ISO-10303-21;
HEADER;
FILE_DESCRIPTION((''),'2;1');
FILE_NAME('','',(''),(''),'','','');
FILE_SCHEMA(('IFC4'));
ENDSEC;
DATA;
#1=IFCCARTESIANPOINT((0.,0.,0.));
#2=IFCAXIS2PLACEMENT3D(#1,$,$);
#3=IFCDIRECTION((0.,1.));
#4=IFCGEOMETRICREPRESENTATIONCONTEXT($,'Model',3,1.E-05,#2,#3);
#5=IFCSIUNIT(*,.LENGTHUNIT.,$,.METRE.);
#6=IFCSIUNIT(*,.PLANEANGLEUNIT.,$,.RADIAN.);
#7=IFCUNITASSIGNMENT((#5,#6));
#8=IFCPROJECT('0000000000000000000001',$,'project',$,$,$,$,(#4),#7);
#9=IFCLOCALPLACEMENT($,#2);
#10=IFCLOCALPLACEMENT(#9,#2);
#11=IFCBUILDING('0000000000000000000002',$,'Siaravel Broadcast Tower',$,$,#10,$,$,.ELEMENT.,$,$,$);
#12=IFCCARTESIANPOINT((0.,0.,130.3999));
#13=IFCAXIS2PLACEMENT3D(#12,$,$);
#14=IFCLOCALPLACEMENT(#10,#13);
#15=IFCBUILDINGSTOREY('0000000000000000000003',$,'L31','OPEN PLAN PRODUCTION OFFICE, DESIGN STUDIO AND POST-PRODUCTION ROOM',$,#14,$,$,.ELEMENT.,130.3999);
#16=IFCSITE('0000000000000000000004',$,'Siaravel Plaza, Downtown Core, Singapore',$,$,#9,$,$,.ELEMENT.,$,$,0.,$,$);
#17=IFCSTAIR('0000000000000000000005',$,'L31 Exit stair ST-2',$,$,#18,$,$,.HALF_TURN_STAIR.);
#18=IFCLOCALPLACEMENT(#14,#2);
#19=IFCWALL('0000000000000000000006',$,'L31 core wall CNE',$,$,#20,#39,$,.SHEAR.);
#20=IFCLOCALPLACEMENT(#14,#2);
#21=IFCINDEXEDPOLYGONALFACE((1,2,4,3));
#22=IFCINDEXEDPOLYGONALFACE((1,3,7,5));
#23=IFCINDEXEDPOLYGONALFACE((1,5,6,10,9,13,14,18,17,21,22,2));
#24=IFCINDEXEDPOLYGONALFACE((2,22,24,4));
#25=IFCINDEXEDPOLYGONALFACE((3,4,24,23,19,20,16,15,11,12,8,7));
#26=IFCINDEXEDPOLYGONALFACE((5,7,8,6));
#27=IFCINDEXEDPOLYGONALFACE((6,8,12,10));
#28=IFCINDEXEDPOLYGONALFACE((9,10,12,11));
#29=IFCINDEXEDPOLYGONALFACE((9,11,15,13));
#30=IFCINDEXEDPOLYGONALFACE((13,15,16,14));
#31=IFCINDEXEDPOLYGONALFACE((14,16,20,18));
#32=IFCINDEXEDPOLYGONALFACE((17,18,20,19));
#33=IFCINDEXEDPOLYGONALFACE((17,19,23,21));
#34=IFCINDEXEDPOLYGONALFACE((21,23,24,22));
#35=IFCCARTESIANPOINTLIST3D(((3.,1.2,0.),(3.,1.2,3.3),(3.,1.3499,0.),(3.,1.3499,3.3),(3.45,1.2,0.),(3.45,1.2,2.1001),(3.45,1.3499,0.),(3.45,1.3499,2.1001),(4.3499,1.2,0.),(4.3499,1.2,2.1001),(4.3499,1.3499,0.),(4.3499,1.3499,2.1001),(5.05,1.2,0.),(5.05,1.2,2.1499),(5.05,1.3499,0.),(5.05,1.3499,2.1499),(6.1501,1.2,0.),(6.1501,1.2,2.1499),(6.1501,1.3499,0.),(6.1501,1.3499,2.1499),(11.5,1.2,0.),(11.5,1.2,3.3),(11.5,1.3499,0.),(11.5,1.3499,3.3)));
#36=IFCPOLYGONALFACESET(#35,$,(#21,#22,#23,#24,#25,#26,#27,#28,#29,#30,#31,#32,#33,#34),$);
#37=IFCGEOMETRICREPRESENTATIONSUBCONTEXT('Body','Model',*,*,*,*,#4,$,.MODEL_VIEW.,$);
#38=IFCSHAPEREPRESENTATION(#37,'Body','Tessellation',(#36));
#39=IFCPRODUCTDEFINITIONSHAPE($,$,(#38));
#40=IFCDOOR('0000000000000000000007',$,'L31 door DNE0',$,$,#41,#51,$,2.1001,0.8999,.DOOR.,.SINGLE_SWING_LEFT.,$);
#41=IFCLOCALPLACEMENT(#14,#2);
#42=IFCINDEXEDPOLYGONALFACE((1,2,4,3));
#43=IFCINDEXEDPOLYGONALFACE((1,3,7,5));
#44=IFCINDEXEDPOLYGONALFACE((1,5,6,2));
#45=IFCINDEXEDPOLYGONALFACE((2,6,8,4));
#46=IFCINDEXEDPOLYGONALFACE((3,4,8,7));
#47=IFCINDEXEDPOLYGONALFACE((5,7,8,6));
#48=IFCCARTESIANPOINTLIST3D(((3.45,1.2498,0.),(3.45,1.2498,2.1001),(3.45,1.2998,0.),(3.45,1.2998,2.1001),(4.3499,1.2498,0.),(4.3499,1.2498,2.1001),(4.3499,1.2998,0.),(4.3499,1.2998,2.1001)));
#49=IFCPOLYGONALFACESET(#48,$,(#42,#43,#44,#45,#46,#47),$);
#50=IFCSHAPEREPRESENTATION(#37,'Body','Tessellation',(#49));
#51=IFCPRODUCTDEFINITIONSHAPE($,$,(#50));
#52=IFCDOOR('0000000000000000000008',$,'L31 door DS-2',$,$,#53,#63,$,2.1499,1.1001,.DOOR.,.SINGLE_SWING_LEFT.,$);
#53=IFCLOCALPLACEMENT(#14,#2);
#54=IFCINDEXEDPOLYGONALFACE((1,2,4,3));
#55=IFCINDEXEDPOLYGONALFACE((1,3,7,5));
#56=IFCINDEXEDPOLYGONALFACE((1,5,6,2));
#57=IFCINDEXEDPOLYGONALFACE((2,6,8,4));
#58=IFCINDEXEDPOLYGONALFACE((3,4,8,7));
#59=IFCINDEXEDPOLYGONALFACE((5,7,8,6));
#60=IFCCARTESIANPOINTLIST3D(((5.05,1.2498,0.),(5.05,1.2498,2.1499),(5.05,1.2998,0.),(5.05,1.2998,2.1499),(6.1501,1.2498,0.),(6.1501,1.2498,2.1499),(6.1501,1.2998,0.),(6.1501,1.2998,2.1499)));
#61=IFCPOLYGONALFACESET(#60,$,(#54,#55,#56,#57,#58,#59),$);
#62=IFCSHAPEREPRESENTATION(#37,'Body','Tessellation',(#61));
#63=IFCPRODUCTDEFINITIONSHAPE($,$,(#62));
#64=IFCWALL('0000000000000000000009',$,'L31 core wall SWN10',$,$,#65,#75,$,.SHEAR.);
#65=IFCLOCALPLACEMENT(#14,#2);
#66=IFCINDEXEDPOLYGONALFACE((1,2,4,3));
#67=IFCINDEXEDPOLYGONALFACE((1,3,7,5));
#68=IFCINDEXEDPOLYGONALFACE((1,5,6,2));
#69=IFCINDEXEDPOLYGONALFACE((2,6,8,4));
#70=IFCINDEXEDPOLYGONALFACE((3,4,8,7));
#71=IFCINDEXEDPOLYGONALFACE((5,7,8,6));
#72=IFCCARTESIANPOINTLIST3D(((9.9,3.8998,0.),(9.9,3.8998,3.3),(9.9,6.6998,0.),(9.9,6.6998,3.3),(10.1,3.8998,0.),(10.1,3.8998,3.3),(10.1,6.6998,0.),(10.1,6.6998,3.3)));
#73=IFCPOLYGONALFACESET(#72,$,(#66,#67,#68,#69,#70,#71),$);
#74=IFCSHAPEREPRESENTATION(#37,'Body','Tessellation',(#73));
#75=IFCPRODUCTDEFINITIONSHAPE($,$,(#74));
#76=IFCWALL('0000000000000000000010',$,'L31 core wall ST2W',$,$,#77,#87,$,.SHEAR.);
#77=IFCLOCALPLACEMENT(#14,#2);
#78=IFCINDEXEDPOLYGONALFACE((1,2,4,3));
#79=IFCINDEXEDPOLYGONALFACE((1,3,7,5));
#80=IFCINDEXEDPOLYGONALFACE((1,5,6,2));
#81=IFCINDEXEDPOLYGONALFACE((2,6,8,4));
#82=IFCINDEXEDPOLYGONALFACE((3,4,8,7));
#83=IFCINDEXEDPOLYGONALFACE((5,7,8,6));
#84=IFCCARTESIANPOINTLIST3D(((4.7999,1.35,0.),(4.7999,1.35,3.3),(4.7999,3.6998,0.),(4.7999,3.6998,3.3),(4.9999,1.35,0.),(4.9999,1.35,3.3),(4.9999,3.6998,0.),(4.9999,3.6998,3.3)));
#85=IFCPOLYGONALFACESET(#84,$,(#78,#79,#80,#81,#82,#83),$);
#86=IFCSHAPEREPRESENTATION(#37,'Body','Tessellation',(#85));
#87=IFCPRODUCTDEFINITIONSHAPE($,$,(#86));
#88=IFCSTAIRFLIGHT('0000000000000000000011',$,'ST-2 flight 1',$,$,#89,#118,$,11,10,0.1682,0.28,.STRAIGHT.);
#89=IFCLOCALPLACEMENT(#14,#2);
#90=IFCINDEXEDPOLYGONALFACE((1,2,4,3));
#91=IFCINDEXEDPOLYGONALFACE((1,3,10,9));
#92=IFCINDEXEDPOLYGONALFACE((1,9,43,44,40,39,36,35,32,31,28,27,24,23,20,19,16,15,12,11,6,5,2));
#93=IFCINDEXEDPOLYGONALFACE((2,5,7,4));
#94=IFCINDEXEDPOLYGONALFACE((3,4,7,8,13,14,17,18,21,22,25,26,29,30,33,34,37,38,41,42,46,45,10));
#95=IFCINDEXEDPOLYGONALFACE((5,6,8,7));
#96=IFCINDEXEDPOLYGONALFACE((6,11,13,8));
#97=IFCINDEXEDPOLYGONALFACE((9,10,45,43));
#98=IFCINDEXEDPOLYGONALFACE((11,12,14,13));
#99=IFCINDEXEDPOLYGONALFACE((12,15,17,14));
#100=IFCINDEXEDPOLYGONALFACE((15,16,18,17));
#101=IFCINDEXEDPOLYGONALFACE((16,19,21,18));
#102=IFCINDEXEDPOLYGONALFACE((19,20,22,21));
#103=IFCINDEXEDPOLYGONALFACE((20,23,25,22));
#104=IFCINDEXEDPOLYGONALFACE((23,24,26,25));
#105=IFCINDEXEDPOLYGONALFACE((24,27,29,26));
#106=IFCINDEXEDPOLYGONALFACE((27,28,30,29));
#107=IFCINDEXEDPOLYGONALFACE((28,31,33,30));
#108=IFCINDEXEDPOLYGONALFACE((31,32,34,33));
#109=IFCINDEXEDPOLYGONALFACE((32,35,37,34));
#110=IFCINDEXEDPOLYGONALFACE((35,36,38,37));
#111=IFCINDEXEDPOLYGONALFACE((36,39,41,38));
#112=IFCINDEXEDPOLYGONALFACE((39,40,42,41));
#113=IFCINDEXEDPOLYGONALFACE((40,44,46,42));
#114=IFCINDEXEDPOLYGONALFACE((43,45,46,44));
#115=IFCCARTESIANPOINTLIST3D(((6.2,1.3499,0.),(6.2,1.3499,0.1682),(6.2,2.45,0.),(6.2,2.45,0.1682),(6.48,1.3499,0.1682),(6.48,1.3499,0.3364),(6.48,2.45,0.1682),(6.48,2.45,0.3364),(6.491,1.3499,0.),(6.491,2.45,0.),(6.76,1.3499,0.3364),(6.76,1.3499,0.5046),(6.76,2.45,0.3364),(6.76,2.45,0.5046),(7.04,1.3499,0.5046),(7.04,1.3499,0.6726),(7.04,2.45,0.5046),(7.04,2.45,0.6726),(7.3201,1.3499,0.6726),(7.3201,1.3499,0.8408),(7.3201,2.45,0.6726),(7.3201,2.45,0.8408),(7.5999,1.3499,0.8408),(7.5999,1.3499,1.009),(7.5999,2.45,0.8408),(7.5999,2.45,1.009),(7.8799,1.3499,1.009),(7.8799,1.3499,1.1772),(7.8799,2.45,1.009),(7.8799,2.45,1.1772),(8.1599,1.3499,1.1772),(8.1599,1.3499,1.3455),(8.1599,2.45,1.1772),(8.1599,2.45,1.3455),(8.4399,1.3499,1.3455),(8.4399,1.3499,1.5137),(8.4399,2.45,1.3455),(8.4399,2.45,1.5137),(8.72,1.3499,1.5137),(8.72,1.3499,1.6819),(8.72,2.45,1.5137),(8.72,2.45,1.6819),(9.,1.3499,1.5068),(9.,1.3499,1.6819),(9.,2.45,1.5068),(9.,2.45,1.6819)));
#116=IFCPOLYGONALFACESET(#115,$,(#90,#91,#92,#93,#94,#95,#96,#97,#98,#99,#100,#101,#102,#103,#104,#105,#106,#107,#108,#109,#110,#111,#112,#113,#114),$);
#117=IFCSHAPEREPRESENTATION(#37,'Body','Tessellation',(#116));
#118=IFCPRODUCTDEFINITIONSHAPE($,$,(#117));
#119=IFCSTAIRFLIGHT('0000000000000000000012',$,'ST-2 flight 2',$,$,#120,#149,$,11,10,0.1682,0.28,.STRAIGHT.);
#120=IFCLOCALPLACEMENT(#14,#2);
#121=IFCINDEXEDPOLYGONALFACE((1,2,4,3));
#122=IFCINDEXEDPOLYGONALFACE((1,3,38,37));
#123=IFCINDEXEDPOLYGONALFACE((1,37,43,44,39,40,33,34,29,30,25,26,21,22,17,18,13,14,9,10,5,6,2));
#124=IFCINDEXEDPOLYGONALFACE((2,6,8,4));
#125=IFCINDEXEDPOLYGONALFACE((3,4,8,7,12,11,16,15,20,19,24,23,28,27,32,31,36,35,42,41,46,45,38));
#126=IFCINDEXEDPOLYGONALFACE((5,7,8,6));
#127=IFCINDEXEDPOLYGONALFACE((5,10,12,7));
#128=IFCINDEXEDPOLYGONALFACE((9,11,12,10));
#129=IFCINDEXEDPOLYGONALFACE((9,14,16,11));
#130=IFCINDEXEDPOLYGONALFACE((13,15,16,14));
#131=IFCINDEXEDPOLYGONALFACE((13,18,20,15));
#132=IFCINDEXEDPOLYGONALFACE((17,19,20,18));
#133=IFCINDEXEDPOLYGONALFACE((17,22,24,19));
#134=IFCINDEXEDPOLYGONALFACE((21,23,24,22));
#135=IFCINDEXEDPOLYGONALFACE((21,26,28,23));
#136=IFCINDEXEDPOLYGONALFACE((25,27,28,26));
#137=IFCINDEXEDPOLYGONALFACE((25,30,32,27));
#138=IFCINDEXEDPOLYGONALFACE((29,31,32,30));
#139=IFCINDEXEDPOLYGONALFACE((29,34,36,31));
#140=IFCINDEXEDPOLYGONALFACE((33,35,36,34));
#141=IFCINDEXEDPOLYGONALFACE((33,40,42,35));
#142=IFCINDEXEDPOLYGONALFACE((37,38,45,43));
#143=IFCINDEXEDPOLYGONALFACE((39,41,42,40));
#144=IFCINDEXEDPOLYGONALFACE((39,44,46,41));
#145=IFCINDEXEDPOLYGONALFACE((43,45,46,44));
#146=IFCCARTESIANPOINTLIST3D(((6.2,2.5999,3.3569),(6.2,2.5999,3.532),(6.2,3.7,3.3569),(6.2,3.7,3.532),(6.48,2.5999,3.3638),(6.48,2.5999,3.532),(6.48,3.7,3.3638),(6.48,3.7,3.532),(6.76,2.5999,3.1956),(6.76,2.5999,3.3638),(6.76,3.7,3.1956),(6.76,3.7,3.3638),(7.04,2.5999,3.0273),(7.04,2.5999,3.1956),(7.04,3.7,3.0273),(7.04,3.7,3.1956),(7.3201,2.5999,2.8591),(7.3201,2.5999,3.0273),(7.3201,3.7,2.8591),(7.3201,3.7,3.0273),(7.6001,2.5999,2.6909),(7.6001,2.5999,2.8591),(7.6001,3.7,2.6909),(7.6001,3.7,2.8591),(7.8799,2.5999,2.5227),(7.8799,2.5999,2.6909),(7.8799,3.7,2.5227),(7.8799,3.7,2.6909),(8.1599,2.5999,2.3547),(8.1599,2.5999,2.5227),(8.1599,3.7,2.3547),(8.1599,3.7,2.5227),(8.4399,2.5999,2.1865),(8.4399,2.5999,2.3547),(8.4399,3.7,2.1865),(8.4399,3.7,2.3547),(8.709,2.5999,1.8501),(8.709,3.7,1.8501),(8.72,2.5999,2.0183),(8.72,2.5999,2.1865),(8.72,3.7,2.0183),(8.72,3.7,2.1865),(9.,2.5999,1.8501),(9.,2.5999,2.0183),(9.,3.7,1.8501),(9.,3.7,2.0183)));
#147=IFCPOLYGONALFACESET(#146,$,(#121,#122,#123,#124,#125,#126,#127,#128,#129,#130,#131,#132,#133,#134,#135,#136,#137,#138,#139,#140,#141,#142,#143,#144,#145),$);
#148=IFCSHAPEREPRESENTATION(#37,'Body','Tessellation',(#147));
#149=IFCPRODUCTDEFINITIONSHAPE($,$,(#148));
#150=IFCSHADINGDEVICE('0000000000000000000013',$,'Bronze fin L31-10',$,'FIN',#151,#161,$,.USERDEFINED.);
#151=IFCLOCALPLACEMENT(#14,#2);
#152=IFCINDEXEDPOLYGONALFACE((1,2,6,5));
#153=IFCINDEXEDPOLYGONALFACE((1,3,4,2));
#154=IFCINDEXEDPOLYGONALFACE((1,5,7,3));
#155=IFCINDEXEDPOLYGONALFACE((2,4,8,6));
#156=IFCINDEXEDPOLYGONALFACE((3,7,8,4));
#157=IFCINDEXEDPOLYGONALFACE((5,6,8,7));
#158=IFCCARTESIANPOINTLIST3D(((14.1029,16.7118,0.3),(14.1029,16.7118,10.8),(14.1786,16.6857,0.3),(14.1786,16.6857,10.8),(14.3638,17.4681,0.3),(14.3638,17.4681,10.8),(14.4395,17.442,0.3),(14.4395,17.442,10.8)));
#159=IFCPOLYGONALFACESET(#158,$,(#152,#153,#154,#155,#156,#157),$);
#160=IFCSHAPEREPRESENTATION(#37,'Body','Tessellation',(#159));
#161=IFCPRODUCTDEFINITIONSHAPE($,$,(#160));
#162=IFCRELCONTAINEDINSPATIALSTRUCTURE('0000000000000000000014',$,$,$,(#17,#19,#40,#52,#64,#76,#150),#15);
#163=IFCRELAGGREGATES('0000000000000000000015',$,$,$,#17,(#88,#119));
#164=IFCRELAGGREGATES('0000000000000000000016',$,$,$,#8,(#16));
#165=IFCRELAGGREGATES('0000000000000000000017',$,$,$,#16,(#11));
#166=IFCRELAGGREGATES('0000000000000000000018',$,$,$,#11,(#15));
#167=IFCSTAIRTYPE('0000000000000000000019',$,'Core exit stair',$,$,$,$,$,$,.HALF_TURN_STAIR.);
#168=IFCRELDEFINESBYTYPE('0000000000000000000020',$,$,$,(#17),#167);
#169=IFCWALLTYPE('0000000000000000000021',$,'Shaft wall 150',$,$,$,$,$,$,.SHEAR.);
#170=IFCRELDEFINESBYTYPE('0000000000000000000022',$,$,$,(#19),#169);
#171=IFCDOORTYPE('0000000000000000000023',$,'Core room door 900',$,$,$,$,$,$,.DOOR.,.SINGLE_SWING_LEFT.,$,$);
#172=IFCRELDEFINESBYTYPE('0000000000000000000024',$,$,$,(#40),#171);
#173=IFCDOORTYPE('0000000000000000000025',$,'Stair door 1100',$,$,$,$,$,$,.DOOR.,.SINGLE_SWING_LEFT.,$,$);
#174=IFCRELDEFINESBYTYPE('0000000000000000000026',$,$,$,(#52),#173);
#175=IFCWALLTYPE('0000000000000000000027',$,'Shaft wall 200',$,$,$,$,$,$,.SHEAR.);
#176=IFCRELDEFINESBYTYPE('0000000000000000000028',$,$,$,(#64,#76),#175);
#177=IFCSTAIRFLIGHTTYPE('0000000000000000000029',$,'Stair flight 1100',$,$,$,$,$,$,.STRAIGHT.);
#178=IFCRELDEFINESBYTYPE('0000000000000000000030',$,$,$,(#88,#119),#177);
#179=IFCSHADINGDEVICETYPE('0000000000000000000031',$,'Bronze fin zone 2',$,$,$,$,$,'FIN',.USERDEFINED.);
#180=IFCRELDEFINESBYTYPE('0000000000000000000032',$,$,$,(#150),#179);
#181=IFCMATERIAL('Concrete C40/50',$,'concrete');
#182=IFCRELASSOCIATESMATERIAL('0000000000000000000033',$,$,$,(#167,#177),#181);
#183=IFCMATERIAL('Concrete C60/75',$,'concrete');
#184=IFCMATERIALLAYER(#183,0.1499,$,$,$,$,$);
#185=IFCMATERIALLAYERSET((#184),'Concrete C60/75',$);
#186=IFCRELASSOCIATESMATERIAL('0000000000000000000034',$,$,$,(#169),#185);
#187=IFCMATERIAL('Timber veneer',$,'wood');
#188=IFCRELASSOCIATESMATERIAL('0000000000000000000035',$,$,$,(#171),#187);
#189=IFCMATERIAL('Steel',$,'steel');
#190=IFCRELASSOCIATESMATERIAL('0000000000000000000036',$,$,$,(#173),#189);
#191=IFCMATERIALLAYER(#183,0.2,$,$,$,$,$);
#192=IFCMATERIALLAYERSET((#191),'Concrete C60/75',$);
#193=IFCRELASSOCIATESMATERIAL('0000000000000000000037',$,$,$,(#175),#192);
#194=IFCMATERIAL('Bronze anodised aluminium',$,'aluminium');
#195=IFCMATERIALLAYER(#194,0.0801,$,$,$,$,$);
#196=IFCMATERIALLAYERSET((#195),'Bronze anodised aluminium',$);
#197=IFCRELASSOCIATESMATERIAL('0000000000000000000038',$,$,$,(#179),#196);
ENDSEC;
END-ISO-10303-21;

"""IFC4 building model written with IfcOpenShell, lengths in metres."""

from ifc_helpers import new_model, si_unit, direction, frame, frame_2d, origin, origin_2d, place, context, subcontext, project, spatial, polyline, rectangle, outline, extrude, material, layer, layer_set, type_object, element, fill, aggregate, save


model = new_model("IFC4")

# Units and contexts
model_context = context("Model", 3, precision=1e-05, world=origin(), true_north=direction((0.0, 1.0)))
body_context = subcontext(model_context, "Body", "Model", "MODEL_VIEW")
ifc_project = project(units=[si_unit("LENGTHUNIT", "METRE"), si_unit("PLANEANGLEUNIT", "RADIAN")], contexts=[model_context])

# Site, building, storey
site_placement = place(None, origin())
site = spatial("IfcSite", under=ifc_project, at=site_placement, Name="Siaravel Plaza, Downtown Core, Singapore", CompositionType="ELEMENT", RefElevation=0.0)
building_placement = place(site_placement, origin())
building = spatial("IfcBuilding", under=site, at=building_placement, Name="Siaravel Broadcast Tower", CompositionType="ELEMENT")
storey_placement = place(building_placement, frame((0.0, 0.0, 130.3999)))
storey = spatial("IfcBuildingStorey", under=building, at=storey_placement, Name="L31", Description="OPEN PLAN PRODUCTION OFFICE, DESIGN STUDIO AND POST-PRODUCTION ROOM", CompositionType="ELEMENT", Elevation=130.3999)

# Shared definitions
ifc_material_1 = material(Name="Concrete C60/75", Category="concrete")

# Shared definitions
ifc_material_2 = material(Name="Concrete C40/50", Category="concrete")

# Stair
stair_type = type_object("IfcStairType", Name="Core exit stair", PredefinedType="HALF_TURN_STAIR", material=ifc_material_2)
stair_placement = place(storey_placement, origin())
stair = element("IfcStair", 1, at=stair_placement, inside=storey, type_object=stair_type, Name="L31 Exit stair ST-2", PredefinedType="HALF_TURN_STAIR")

# Wall, openings, doors
ifc_layer_1 = layer(ifc_material_1, 0.1499)
ifc_layer_set_1 = layer_set([ifc_layer_1], Name="Concrete C60/75")
wall_type_1 = type_object("IfcWallType", Name="Shaft wall 150", PredefinedType="SHEAR", material=ifc_layer_set_1)
wall_1_placement = place(storey_placement, frame((3.0, 1.2749, 0.0), z_axis=(0.0, 0.0, 1.0), x_axis=(1.0, 0.0, 0.0)))
wall_1 = element("IfcWall", 2, at=wall_1_placement, inside=storey, type_object=wall_type_1, Name="L31 core wall CNE", PredefinedType="SHEAR", context=body_context, shape_type="SweptSolid", body=[
    extrude(rectangle(XDim=8.5, YDim=0.1499, at=frame_2d((4.25, 0.0))), origin(), (0.0, 0.0, 1.0), 3.3),
])
opening_1_placement = place(wall_1_placement, frame((2.05, 0.0, 0.0)))
opening_1 = element("IfcOpeningElement", 3, at=opening_1_placement, cuts=wall_1, PredefinedType="OPENING", context=body_context, shape_type="SweptSolid", body=[
    extrude(rectangle(XDim=1.1001, YDim=2.1499, at=frame_2d((0.55, 1.075))), frame((0.0, 0.085, 0.0), z_axis=(0.0, -1.0, 0.0), x_axis=(1.0, 0.0, 0.0)), (0.0, 0.0, 1.0), 0.1699),
])
opening_2_placement = place(wall_1_placement, frame((0.45, 0.0, 0.0)))
opening_2 = element("IfcOpeningElement", 4, at=opening_2_placement, cuts=wall_1, PredefinedType="OPENING", context=body_context, shape_type="SweptSolid", body=[
    extrude(rectangle(XDim=0.8999, YDim=2.1001, at=frame_2d((0.45, 1.05))), frame((0.0, 0.085, 0.0), z_axis=(0.0, -1.0, 0.0), x_axis=(1.0, 0.0, 0.0)), (0.0, 0.0, 1.0), 0.1699),
])
ifc_material_3 = material(Name="Timber veneer", Category="wood")
door_type_1 = type_object("IfcDoorType", Name="Core room door 900", OperationType="SINGLE_SWING_LEFT", PredefinedType="DOOR", material=ifc_material_3)
door_1_placement = place(opening_2_placement, origin())
door_1 = element("IfcDoor", 5, at=door_1_placement, inside=storey, type_object=door_type_1, Name="L31 door DNE0", OperationType="SINGLE_SWING_LEFT", OverallHeight=2.1001, OverallWidth=0.8999, PredefinedType="DOOR", context=body_context, shape_type="SweptSolid", body=[
    extrude(rectangle(XDim=0.8999, YDim=2.1001, at=frame_2d((0.45, 1.05))), frame((0.0, 0.0249, 0.0), z_axis=(0.0, -1.0, 0.0), x_axis=(1.0, 0.0, 0.0)), (0.0, 0.0, 1.0), 0.05),
])
fill(opening_2, door_1)
ifc_material_4 = material(Name="Steel", Category="steel")
door_type_2 = type_object("IfcDoorType", Name="Stair door 1100", OperationType="SINGLE_SWING_LEFT", PredefinedType="DOOR", material=ifc_material_4)
door_2_placement = place(opening_1_placement, origin())
door_2 = element("IfcDoor", 6, at=door_2_placement, inside=storey, type_object=door_type_2, Name="L31 door DS-2", OperationType="SINGLE_SWING_LEFT", OverallHeight=2.1499, OverallWidth=1.1001, PredefinedType="DOOR", context=body_context, shape_type="SweptSolid", body=[
    extrude(rectangle(XDim=1.1001, YDim=2.1499, at=frame_2d((0.55, 1.075))), frame((0.0, 0.0249, 0.0), z_axis=(0.0, -1.0, 0.0), x_axis=(1.0, 0.0, 0.0)), (0.0, 0.0, 1.0), 0.05),
])
fill(opening_1, door_2)

# Walls
ifc_layer_2 = layer(ifc_material_1, 0.2)
ifc_layer_set_2 = layer_set([ifc_layer_2], Name="Concrete C60/75")
wall_type_2 = type_object("IfcWallType", Name="Shaft wall 200", PredefinedType="SHEAR", material=ifc_layer_set_2)
wall_2_placement = place(storey_placement, frame((10.0, 3.8999, 0.0), z_axis=(0.0, 0.0, 1.0), x_axis=(0.0, 1.0, 0.0)))
element("IfcWall", 7, at=wall_2_placement, inside=storey, type_object=wall_type_2, Name="L31 core wall SWN10", PredefinedType="SHEAR", context=body_context, shape_type="SweptSolid", body=[
    extrude(rectangle(XDim=2.8, YDim=0.2, at=frame_2d((1.3999, 0.0))), origin(), (0.0, 0.0, 1.0), 3.3),
])
wall_3_placement = place(storey_placement, frame((4.8999, 1.3501, 0.0), z_axis=(0.0, 0.0, 1.0), x_axis=(0.0, 1.0, 0.0)))
element("IfcWall", 8, at=wall_3_placement, inside=storey, type_object=wall_type_2, Name="L31 core wall ST2W", PredefinedType="SHEAR", context=body_context, shape_type="SweptSolid", body=[
    extrude(rectangle(XDim=2.3499, YDim=0.2, at=frame_2d((1.1748, 0.0))), origin(), (0.0, 0.0, 1.0), 3.3),
])

# Stair flights
stair_flight_type = type_object("IfcStairFlightType", Name="Stair flight 1100", PredefinedType="STRAIGHT", material=ifc_material_2)
stair_flight_1_placement = place(storey_placement, frame((6.2, 1.8999, 0.0), z_axis=(0.0, 0.0, 1.0), x_axis=(1.0, 0.0, 0.0)))
stair_flight_1 = element("IfcStairFlight", 9, at=stair_flight_1_placement, type_object=stair_flight_type, Name="ST-2 flight 1", NumberOfRisers=11, NumberOfTreads=10, PredefinedType="STRAIGHT", RiserHeight=0.1682, TreadLength=0.28, context=body_context, shape_type="SweptSolid", body=[
    extrude(outline(polyline([(0.0, 0.0), (0.0, 0.1682), (0.28, 0.1682), (0.28, 0.3364), (0.5601, 0.3364), (0.5601, 0.5046), (0.8401, 0.5046), (0.8401, 0.6726), (1.1201, 0.6726), (1.1201, 0.8408), (1.3999, 0.8408), (1.3999, 1.009), (1.6799, 1.009), (1.6799, 1.1772), (1.96, 1.1772), (1.96, 1.3455), (2.24, 1.3455), (2.24, 1.5137), (2.52, 1.5137), (2.52, 1.6819), (2.8, 1.6819), (2.8, 1.8501), (2.8, 1.5068), (0.291, 0.0), (0.0, 0.0)])), frame((0.0, 0.55, 0.0), z_axis=(0.0, -1.0, 0.0), x_axis=(1.0, 0.0, 0.0)), (0.0, 0.0, 1.0), 1.1001),
])
stair_flight_2_placement = place(storey_placement, frame((9.0, 3.1499, 1.8501), z_axis=(0.0, 0.0, 1.0), x_axis=(-1.0, 0.0, 0.0)))
stair_flight_2 = element("IfcStairFlight", 10, at=stair_flight_2_placement, type_object=stair_flight_type, Name="ST-2 flight 2", NumberOfRisers=11, NumberOfTreads=10, PredefinedType="STRAIGHT", RiserHeight=0.1682, TreadLength=0.28, context=body_context, shape_type="SweptSolid", body=[
    extrude(outline(polyline([(0.0, 0.0), (0.0, 0.1682), (0.28, 0.1682), (0.28, 0.3364), (0.5601, 0.3364), (0.5601, 0.5046), (0.8401, 0.5046), (0.8401, 0.6726), (1.1201, 0.6726), (1.1201, 0.8408), (1.3999, 0.8408), (1.3999, 1.009), (1.6799, 1.009), (1.6799, 1.1772), (1.96, 1.1772), (1.96, 1.3455), (2.24, 1.3455), (2.24, 1.5137), (2.52, 1.5137), (2.52, 1.6819), (2.8, 1.6819), (2.8, 1.8501), (2.8, 1.5068), (0.291, 0.0), (0.0, 0.0)])), frame((0.0, 0.55, 0.0), z_axis=(0.0, -1.0, 0.0), x_axis=(1.0, 0.0, 0.0)), (0.0, 0.0, 1.0), 1.1001),
])
aggregate(stair, [stair_flight_1, stair_flight_2])

# Shading device
ifc_material_5 = material(Name="Bronze anodised aluminium", Category="aluminium")
ifc_layer_3 = layer(ifc_material_5, 0.0801)
ifc_layer_set_3 = layer_set([ifc_layer_3], Name="Bronze anodised aluminium")
shading_device_type = type_object("IfcShadingDeviceType", Name="Bronze fin zone 2", ElementType="FIN", PredefinedType="USERDEFINED", material=ifc_layer_set_3)
shading_device_placement = place(storey_placement, frame((14.2712, 17.0769, 0.3), z_axis=(0.0, 0.0, 1.0), x_axis=(0.326109, 0.945332, 0.0)))
element("IfcShadingDevice", 11, at=shading_device_placement, inside=storey, type_object=shading_device_type, Name="Bronze fin L31-10", ObjectType="FIN", PredefinedType="USERDEFINED", context=body_context, shape_type="SweptSolid", body=[
    extrude(rectangle(XDim=0.8, YDim=0.0801, at=origin_2d()), origin(), (0.0, 0.0, 1.0), 10.5),
])

save(model, "model.ifc")
